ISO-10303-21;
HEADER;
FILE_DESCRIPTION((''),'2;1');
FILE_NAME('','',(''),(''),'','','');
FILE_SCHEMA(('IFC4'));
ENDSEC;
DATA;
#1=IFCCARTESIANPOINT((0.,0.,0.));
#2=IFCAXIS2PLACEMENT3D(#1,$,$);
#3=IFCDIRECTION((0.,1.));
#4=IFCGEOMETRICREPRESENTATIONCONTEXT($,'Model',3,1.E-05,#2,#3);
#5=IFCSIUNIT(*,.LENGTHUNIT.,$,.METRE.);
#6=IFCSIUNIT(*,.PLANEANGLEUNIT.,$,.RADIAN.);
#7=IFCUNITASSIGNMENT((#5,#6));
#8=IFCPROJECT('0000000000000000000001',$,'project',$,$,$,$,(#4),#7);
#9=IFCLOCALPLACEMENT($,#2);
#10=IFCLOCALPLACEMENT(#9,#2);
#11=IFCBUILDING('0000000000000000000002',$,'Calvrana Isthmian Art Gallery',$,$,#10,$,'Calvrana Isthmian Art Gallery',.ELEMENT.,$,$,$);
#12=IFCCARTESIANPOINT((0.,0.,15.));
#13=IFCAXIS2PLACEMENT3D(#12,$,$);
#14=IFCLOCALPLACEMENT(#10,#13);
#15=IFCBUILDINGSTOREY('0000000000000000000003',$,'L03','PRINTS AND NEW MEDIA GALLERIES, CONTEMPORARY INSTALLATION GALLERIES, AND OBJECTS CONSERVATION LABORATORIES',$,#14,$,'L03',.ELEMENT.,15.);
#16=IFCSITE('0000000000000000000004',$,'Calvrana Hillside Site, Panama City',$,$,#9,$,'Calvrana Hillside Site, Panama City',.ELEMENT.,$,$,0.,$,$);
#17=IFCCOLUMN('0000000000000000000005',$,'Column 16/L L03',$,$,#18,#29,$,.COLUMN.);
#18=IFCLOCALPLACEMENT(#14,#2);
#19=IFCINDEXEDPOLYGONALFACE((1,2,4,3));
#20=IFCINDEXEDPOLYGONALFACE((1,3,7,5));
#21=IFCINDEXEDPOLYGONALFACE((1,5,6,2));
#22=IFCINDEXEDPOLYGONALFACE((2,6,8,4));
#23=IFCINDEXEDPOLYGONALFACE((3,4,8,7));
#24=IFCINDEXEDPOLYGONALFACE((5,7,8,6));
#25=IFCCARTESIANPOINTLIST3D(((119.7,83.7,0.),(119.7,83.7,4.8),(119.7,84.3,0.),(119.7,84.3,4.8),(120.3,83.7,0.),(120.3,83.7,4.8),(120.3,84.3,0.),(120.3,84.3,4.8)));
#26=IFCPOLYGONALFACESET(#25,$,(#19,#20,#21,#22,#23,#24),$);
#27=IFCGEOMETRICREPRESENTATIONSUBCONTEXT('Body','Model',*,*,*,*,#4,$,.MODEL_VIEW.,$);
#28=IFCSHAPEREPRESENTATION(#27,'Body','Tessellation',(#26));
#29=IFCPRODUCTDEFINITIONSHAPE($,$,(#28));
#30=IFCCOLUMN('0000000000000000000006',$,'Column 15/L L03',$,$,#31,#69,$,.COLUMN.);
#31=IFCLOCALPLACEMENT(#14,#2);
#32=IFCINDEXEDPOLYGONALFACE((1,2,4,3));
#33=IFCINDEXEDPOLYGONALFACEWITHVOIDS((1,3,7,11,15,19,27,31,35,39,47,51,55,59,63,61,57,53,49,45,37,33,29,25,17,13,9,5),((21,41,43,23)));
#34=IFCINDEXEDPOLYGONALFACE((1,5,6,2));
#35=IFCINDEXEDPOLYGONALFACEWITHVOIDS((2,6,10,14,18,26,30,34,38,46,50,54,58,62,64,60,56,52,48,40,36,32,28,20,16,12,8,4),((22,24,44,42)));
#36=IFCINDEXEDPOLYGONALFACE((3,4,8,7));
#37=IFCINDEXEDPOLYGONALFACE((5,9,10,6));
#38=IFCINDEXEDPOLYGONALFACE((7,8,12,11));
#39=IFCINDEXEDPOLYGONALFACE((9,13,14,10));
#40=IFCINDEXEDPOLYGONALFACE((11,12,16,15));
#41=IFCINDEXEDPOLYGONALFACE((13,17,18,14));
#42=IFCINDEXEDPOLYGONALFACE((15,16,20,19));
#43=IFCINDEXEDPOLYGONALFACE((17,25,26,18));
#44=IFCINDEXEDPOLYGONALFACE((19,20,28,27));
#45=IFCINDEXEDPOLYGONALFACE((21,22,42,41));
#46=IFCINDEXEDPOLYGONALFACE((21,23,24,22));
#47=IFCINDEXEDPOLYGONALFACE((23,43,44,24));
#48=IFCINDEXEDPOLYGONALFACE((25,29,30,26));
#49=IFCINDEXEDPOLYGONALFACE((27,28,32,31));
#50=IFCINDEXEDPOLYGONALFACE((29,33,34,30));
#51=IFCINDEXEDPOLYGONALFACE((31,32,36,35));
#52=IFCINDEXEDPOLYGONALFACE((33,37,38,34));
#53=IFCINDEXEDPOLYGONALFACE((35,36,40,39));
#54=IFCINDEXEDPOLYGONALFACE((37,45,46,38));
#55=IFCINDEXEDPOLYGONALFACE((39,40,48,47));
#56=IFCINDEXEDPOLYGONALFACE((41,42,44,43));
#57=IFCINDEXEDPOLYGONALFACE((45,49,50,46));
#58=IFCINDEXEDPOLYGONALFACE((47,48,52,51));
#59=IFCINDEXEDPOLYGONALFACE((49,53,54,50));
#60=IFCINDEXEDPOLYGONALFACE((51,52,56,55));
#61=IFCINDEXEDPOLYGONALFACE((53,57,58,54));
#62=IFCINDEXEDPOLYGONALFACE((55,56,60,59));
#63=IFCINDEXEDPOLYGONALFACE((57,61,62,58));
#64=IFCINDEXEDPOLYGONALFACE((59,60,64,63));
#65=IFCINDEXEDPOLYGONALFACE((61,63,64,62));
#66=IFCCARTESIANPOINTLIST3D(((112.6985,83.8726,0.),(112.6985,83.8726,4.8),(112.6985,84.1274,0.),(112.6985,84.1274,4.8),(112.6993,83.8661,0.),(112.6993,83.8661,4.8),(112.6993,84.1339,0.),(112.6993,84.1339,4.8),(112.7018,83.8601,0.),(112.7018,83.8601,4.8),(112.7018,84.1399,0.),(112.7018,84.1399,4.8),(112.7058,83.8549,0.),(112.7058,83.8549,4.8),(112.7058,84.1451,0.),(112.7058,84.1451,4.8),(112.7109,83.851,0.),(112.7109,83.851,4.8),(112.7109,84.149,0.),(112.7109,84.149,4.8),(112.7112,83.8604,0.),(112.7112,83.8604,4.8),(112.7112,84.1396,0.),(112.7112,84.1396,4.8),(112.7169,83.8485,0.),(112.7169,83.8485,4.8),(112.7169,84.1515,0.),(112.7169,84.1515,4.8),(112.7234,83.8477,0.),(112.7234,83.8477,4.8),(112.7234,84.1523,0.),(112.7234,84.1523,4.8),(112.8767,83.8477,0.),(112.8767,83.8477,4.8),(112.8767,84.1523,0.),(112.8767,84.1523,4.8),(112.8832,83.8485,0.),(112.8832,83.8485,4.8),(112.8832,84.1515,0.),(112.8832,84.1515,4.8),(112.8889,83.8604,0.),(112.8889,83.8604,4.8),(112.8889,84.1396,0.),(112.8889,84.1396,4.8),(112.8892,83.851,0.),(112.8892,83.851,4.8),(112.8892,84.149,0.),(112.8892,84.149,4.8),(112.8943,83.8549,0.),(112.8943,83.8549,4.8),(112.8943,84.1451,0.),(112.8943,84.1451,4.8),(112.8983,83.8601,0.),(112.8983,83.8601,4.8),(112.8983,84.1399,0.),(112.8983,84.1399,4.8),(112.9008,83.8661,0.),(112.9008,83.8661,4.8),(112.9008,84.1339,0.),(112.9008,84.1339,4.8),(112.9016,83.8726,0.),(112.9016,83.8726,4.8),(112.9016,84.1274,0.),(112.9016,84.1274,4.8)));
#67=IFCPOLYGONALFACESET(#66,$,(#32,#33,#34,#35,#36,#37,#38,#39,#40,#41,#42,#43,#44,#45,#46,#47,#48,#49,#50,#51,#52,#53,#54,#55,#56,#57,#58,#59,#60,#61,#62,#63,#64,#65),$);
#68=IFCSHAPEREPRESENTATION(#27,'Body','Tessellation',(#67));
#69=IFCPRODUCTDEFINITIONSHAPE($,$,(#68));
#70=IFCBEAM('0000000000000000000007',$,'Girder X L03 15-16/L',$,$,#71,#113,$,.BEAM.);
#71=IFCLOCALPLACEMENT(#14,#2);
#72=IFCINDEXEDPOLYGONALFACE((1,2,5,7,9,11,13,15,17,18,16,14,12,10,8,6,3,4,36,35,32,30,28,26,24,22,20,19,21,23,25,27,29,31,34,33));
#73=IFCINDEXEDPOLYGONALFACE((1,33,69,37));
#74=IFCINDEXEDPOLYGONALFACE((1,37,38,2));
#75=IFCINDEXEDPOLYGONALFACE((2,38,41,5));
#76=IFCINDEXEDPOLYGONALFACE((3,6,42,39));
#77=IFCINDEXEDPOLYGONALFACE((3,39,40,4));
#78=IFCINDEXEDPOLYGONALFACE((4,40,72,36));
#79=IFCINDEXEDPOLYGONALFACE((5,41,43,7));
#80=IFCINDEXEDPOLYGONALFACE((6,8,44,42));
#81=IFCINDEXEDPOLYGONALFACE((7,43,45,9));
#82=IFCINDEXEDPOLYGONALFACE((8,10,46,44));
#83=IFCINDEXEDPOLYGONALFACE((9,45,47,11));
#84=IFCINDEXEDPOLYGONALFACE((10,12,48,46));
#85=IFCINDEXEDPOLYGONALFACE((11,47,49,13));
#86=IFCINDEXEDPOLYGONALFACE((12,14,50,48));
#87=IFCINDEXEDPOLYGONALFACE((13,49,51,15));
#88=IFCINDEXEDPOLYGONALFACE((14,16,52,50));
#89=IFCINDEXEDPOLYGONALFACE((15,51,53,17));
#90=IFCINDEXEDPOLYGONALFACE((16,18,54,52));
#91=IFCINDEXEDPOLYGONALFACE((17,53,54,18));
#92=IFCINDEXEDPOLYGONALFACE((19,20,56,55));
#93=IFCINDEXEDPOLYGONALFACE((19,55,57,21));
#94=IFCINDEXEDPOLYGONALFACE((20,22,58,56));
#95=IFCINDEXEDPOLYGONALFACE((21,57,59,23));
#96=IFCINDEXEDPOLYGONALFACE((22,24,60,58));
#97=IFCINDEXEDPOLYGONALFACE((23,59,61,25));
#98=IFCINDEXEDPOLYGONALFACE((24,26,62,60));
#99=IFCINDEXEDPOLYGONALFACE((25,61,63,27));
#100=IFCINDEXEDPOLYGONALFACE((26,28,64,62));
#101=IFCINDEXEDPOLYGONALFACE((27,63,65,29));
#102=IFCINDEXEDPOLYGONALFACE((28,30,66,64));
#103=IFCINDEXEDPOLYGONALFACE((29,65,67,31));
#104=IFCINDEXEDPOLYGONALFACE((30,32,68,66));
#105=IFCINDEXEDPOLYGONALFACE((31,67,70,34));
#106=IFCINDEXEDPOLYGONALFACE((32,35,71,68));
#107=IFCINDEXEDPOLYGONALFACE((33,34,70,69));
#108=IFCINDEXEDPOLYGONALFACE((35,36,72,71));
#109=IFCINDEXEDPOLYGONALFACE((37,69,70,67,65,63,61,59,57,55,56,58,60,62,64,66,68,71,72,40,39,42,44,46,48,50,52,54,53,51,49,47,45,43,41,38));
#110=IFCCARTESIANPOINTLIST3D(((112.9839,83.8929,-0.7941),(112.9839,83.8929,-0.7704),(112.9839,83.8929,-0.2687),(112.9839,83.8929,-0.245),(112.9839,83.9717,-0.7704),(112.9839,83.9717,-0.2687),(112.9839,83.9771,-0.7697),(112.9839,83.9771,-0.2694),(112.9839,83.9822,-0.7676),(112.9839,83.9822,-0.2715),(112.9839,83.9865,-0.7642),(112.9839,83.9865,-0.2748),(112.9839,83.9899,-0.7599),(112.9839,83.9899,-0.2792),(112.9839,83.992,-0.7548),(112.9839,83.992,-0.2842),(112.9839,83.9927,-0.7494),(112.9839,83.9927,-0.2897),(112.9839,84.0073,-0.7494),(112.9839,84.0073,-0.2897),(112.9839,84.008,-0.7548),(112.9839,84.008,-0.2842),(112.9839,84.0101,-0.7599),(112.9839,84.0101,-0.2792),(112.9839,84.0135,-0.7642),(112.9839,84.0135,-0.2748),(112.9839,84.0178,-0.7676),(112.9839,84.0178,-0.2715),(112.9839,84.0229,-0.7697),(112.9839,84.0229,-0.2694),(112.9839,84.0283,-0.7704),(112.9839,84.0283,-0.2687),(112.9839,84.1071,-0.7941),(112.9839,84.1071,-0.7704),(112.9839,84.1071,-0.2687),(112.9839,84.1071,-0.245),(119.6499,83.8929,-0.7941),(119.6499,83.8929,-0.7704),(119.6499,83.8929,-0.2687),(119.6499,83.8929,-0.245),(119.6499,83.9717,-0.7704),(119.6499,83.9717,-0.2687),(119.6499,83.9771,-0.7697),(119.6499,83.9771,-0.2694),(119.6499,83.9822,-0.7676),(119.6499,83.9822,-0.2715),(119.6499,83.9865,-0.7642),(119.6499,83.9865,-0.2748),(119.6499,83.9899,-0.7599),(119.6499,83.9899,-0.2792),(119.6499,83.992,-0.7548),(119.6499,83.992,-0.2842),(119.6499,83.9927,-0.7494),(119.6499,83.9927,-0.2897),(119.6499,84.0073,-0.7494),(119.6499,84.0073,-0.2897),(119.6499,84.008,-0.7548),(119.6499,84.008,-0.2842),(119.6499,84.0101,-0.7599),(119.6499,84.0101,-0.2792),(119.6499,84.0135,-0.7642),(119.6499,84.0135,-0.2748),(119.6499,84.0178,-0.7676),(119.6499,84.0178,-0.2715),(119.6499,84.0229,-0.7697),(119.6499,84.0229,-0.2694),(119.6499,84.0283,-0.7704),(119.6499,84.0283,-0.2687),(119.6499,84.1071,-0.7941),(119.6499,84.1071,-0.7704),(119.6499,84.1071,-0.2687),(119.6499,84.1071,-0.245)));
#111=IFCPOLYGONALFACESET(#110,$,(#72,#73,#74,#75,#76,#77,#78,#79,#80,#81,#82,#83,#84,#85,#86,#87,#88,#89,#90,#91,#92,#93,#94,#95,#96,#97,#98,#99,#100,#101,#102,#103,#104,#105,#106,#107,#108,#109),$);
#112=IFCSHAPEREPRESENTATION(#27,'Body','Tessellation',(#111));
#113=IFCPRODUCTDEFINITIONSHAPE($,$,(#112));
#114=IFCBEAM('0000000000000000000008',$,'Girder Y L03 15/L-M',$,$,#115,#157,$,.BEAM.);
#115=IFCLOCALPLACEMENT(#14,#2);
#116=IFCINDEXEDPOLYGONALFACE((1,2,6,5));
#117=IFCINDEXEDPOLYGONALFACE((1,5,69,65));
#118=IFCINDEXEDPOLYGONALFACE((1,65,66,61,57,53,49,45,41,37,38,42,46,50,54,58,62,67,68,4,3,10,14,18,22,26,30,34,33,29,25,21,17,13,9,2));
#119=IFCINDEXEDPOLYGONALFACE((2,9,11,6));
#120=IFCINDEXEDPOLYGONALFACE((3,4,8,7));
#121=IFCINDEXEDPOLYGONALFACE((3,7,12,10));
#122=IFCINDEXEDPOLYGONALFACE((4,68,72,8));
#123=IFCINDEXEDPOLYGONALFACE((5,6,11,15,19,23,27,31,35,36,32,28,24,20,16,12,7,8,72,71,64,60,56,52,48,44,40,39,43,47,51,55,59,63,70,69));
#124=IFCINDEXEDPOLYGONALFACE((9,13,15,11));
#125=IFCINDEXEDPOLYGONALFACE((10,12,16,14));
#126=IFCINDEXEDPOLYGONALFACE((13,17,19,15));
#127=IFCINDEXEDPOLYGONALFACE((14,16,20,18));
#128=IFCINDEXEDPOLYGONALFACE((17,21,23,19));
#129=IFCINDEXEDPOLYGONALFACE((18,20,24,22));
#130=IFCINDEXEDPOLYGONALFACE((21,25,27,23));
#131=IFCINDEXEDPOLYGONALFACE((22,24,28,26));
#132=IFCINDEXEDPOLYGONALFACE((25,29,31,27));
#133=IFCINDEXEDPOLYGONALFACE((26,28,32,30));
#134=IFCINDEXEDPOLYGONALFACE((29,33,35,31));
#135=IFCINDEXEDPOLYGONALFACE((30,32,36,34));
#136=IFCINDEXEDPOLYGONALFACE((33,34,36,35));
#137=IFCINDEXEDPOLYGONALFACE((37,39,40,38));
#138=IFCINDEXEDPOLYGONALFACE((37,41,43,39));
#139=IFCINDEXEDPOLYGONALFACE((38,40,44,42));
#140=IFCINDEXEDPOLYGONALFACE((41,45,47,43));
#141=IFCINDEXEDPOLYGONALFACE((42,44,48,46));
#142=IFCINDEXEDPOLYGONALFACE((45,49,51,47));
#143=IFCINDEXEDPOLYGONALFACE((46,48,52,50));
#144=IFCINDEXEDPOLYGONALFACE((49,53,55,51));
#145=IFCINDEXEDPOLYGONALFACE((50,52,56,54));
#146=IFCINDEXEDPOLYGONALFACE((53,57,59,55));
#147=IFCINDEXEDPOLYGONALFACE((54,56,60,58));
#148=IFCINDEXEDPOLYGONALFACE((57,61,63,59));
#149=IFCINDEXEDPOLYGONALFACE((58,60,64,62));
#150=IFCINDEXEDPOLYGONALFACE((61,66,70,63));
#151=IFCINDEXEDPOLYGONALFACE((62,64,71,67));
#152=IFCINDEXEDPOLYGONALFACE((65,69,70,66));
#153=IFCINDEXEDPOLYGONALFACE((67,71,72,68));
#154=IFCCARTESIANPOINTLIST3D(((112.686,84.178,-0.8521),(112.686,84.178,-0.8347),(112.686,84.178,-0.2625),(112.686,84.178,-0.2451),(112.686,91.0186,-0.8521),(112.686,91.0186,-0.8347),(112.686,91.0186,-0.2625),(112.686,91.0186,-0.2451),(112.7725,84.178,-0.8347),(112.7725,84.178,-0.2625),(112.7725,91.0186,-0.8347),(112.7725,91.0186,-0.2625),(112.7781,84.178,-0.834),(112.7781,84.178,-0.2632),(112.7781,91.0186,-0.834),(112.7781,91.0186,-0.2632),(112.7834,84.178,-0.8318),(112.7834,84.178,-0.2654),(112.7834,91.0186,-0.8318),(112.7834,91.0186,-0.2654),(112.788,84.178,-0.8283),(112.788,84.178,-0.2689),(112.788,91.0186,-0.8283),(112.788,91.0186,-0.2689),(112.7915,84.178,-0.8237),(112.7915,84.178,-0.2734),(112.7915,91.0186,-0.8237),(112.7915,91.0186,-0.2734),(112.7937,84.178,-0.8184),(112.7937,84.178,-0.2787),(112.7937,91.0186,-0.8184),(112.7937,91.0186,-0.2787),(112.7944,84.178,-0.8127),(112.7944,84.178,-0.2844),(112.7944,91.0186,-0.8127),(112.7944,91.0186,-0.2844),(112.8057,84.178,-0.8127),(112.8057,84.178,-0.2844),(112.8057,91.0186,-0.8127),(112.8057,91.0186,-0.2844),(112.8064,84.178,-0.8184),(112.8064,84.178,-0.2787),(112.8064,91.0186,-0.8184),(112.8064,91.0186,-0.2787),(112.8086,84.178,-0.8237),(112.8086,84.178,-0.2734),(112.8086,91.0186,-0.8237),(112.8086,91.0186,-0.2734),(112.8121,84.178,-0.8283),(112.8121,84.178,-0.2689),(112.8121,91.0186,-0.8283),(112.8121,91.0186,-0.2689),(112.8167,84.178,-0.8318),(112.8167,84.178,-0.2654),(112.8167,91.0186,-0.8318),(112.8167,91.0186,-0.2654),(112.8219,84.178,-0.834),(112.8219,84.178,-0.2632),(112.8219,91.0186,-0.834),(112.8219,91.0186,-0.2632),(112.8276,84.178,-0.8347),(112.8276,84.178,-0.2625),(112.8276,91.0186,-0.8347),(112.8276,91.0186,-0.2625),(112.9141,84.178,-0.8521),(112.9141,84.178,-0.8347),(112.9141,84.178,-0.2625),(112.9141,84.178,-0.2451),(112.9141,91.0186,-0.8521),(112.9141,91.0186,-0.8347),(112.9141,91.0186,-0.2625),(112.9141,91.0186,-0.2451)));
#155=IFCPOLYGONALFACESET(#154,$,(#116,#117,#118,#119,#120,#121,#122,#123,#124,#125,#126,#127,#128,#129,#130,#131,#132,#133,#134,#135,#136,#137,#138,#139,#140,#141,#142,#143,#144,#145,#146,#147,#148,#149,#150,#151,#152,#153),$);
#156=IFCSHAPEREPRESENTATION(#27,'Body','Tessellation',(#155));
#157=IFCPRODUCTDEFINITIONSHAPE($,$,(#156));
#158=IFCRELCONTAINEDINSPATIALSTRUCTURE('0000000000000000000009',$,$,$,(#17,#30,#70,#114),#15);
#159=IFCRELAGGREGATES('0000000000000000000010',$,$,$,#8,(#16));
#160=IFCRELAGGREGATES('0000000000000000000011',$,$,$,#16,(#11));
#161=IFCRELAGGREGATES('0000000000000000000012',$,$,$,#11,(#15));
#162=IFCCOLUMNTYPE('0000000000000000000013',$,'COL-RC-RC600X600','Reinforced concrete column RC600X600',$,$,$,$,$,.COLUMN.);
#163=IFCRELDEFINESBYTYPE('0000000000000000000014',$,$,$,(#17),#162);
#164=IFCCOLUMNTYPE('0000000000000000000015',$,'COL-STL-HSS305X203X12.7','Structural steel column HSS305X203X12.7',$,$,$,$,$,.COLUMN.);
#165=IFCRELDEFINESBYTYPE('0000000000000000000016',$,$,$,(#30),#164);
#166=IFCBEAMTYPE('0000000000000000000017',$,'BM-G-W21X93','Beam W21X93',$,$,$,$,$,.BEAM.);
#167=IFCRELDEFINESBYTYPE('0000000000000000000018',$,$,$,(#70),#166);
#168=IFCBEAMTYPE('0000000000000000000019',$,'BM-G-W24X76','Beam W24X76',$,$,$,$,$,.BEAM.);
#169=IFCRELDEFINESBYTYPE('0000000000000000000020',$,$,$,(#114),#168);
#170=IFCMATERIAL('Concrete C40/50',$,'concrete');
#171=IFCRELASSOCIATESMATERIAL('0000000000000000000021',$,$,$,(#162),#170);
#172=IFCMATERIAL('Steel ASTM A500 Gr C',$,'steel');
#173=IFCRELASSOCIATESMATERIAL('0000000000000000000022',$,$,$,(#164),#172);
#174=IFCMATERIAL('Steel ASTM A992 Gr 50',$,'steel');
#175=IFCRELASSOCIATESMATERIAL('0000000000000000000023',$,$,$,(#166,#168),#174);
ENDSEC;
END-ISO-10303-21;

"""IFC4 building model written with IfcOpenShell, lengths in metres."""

from ifc_helpers import new_model, si_unit, direction, frame, origin, origin_2d, place, context, subcontext, project, spatial, rectangle, hollow_rectangle, i_section, extrude, material, material_profile, profile_set, type_object, element, save


model = new_model("IFC4")

# Units and contexts
model_context = context("Model", 3, precision=1e-05, world=origin(), true_north=direction((0.0, 1.0)))
body_context = subcontext(model_context, "Body", "Model", "MODEL_VIEW")
ifc_project = project(units=[si_unit("LENGTHUNIT", "METRE"), si_unit("PLANEANGLEUNIT", "RADIAN")], contexts=[model_context])

# Site, building, storey
site_placement = place(None, origin())
site = spatial("IfcSite", under=ifc_project, at=site_placement, Name="Calvrana Hillside Site, Panama City", LongName="Calvrana Hillside Site, Panama City", CompositionType="ELEMENT", RefElevation=0.0)
building_placement = place(site_placement, origin())
building = spatial("IfcBuilding", under=site, at=building_placement, Name="Calvrana Isthmian Art Gallery", LongName="Calvrana Isthmian Art Gallery", CompositionType="ELEMENT")
storey_placement = place(building_placement, frame((0.0, 0.0, 15.0)))
storey = spatial("IfcBuildingStorey", under=building, at=storey_placement, Name="L03", Description="PRINTS AND NEW MEDIA GALLERIES, CONTEMPORARY INSTALLATION GALLERIES, AND OBJECTS CONSERVATION LABORATORIES", LongName="L03", CompositionType="ELEMENT", Elevation=15.0)

# Columns
ifc_material_1 = material(Name="Concrete C40/50", Category="concrete")
ifc_material_profile_1 = material_profile(ifc_material_1, rectangle(XDim=0.6001, YDim=0.6001, at=origin_2d()), Name="RC600X600")
ifc_profile_set_1 = profile_set([ifc_material_profile_1], Name="Concrete C40/50")
column_type_1 = type_object("IfcColumnType", Name="COL-RC-RC600X600", Description="Reinforced concrete column RC600X600", PredefinedType="COLUMN", material=ifc_profile_set_1)
column_1_placement = place(storey_placement, frame((120.0, 84.0, 0.0), z_axis=(0.0, 0.0, 1.0), x_axis=(1.0, 0.0, 0.0)))
element("IfcColumn", 1, at=column_1_placement, inside=storey, type_object=column_type_1, Name="Column 16/L L03", PredefinedType="COLUMN", context=body_context, shape_type="SweptSolid", body=[
    extrude(rectangle(XDim=0.6001, YDim=0.6001, at=origin_2d()), origin(), (0.0, 0.0, 1.0), 4.8),
])
ifc_material_2 = material(Name="Steel ASTM A500 Gr C", Category="steel")
ifc_material_profile_2 = material_profile(ifc_material_2, hollow_rectangle(XDim=0.2031, YDim=0.3047, WallThickness=0.0127, OuterFilletRadius=0.0249, at=origin_2d()), Name="HSS305X203X12.7")
ifc_profile_set_2 = profile_set([ifc_material_profile_2], Name="Steel ASTM A500 Gr C")
column_type_2 = type_object("IfcColumnType", Name="COL-STL-HSS305X203X12.7", Description="Structural steel column HSS305X203X12.7", PredefinedType="COLUMN", material=ifc_profile_set_2)
column_2_placement = place(storey_placement, frame((112.8, 84.0, 0.0), z_axis=(0.0, 0.0, 1.0), x_axis=(1.0, 0.0, 0.0)))
element("IfcColumn", 2, at=column_2_placement, inside=storey, type_object=column_type_2, Name="Column 15/L L03", PredefinedType="COLUMN", context=body_context, shape_type="SweptSolid", body=[
    extrude(hollow_rectangle(XDim=0.2031, YDim=0.3047, WallThickness=0.0127, OuterFilletRadius=0.0249, at=origin_2d()), origin(), (0.0, 0.0, 1.0), 4.8),
])

# Beams
ifc_material_3 = material(Name="Steel ASTM A992 Gr 50", Category="steel")
ifc_material_profile_3 = material_profile(ifc_material_3, i_section(OverallWidth=0.2141, OverallDepth=0.5491, WebThickness=0.0146, FlangeThickness=0.0237, FilletRadius=0.021, at=origin_2d()), Name="W21X93")
ifc_profile_set_3 = profile_set([ifc_material_profile_3], Name="Steel ASTM A992 Gr 50")
beam_type_1 = type_object("IfcBeamType", Name="BM-G-W21X93", Description="Beam W21X93", PredefinedType="BEAM", material=ifc_profile_set_3)
beam_1_placement = place(storey_placement, frame((112.9839, 84.0, -0.5195), z_axis=(1.0, 0.0, 0.0), x_axis=(0.0, 1.0, 0.0)))
element("IfcBeam", 3, at=beam_1_placement, inside=storey, type_object=beam_type_1, Name="Girder X L03 15-16/L", PredefinedType="BEAM", context=body_context, shape_type="SweptSolid", body=[
    extrude(i_section(OverallWidth=0.2141, OverallDepth=0.5491, WebThickness=0.0146, FlangeThickness=0.0237, FilletRadius=0.021, at=origin_2d()), origin(), (0.0, 0.0, 1.0), 6.666),
])
ifc_material_profile_4 = material_profile(ifc_material_3, i_section(OverallWidth=0.228, OverallDepth=0.6069, WebThickness=0.0112, FlangeThickness=0.0173, FilletRadius=0.022, at=origin_2d()), Name="W24X76")
ifc_profile_set_4 = profile_set([ifc_material_profile_4], Name="Steel ASTM A992 Gr 50")
beam_type_2 = type_object("IfcBeamType", Name="BM-G-W24X76", Description="Beam W24X76", PredefinedType="BEAM", material=ifc_profile_set_4)
beam_2_placement = place(storey_placement, frame((112.8, 84.178, -0.5486), z_axis=(0.0, 1.0, 0.0), x_axis=(-1.0, 0.0, 0.0)))
element("IfcBeam", 4, at=beam_2_placement, inside=storey, type_object=beam_type_2, Name="Girder Y L03 15/L-M", PredefinedType="BEAM", context=body_context, shape_type="SweptSolid", body=[
    extrude(i_section(OverallWidth=0.228, OverallDepth=0.6069, WebThickness=0.0112, FlangeThickness=0.0173, FilletRadius=0.022, at=origin_2d()), origin(), (0.0, 0.0, 1.0), 6.8406),
])

save(model, "model.ifc")
